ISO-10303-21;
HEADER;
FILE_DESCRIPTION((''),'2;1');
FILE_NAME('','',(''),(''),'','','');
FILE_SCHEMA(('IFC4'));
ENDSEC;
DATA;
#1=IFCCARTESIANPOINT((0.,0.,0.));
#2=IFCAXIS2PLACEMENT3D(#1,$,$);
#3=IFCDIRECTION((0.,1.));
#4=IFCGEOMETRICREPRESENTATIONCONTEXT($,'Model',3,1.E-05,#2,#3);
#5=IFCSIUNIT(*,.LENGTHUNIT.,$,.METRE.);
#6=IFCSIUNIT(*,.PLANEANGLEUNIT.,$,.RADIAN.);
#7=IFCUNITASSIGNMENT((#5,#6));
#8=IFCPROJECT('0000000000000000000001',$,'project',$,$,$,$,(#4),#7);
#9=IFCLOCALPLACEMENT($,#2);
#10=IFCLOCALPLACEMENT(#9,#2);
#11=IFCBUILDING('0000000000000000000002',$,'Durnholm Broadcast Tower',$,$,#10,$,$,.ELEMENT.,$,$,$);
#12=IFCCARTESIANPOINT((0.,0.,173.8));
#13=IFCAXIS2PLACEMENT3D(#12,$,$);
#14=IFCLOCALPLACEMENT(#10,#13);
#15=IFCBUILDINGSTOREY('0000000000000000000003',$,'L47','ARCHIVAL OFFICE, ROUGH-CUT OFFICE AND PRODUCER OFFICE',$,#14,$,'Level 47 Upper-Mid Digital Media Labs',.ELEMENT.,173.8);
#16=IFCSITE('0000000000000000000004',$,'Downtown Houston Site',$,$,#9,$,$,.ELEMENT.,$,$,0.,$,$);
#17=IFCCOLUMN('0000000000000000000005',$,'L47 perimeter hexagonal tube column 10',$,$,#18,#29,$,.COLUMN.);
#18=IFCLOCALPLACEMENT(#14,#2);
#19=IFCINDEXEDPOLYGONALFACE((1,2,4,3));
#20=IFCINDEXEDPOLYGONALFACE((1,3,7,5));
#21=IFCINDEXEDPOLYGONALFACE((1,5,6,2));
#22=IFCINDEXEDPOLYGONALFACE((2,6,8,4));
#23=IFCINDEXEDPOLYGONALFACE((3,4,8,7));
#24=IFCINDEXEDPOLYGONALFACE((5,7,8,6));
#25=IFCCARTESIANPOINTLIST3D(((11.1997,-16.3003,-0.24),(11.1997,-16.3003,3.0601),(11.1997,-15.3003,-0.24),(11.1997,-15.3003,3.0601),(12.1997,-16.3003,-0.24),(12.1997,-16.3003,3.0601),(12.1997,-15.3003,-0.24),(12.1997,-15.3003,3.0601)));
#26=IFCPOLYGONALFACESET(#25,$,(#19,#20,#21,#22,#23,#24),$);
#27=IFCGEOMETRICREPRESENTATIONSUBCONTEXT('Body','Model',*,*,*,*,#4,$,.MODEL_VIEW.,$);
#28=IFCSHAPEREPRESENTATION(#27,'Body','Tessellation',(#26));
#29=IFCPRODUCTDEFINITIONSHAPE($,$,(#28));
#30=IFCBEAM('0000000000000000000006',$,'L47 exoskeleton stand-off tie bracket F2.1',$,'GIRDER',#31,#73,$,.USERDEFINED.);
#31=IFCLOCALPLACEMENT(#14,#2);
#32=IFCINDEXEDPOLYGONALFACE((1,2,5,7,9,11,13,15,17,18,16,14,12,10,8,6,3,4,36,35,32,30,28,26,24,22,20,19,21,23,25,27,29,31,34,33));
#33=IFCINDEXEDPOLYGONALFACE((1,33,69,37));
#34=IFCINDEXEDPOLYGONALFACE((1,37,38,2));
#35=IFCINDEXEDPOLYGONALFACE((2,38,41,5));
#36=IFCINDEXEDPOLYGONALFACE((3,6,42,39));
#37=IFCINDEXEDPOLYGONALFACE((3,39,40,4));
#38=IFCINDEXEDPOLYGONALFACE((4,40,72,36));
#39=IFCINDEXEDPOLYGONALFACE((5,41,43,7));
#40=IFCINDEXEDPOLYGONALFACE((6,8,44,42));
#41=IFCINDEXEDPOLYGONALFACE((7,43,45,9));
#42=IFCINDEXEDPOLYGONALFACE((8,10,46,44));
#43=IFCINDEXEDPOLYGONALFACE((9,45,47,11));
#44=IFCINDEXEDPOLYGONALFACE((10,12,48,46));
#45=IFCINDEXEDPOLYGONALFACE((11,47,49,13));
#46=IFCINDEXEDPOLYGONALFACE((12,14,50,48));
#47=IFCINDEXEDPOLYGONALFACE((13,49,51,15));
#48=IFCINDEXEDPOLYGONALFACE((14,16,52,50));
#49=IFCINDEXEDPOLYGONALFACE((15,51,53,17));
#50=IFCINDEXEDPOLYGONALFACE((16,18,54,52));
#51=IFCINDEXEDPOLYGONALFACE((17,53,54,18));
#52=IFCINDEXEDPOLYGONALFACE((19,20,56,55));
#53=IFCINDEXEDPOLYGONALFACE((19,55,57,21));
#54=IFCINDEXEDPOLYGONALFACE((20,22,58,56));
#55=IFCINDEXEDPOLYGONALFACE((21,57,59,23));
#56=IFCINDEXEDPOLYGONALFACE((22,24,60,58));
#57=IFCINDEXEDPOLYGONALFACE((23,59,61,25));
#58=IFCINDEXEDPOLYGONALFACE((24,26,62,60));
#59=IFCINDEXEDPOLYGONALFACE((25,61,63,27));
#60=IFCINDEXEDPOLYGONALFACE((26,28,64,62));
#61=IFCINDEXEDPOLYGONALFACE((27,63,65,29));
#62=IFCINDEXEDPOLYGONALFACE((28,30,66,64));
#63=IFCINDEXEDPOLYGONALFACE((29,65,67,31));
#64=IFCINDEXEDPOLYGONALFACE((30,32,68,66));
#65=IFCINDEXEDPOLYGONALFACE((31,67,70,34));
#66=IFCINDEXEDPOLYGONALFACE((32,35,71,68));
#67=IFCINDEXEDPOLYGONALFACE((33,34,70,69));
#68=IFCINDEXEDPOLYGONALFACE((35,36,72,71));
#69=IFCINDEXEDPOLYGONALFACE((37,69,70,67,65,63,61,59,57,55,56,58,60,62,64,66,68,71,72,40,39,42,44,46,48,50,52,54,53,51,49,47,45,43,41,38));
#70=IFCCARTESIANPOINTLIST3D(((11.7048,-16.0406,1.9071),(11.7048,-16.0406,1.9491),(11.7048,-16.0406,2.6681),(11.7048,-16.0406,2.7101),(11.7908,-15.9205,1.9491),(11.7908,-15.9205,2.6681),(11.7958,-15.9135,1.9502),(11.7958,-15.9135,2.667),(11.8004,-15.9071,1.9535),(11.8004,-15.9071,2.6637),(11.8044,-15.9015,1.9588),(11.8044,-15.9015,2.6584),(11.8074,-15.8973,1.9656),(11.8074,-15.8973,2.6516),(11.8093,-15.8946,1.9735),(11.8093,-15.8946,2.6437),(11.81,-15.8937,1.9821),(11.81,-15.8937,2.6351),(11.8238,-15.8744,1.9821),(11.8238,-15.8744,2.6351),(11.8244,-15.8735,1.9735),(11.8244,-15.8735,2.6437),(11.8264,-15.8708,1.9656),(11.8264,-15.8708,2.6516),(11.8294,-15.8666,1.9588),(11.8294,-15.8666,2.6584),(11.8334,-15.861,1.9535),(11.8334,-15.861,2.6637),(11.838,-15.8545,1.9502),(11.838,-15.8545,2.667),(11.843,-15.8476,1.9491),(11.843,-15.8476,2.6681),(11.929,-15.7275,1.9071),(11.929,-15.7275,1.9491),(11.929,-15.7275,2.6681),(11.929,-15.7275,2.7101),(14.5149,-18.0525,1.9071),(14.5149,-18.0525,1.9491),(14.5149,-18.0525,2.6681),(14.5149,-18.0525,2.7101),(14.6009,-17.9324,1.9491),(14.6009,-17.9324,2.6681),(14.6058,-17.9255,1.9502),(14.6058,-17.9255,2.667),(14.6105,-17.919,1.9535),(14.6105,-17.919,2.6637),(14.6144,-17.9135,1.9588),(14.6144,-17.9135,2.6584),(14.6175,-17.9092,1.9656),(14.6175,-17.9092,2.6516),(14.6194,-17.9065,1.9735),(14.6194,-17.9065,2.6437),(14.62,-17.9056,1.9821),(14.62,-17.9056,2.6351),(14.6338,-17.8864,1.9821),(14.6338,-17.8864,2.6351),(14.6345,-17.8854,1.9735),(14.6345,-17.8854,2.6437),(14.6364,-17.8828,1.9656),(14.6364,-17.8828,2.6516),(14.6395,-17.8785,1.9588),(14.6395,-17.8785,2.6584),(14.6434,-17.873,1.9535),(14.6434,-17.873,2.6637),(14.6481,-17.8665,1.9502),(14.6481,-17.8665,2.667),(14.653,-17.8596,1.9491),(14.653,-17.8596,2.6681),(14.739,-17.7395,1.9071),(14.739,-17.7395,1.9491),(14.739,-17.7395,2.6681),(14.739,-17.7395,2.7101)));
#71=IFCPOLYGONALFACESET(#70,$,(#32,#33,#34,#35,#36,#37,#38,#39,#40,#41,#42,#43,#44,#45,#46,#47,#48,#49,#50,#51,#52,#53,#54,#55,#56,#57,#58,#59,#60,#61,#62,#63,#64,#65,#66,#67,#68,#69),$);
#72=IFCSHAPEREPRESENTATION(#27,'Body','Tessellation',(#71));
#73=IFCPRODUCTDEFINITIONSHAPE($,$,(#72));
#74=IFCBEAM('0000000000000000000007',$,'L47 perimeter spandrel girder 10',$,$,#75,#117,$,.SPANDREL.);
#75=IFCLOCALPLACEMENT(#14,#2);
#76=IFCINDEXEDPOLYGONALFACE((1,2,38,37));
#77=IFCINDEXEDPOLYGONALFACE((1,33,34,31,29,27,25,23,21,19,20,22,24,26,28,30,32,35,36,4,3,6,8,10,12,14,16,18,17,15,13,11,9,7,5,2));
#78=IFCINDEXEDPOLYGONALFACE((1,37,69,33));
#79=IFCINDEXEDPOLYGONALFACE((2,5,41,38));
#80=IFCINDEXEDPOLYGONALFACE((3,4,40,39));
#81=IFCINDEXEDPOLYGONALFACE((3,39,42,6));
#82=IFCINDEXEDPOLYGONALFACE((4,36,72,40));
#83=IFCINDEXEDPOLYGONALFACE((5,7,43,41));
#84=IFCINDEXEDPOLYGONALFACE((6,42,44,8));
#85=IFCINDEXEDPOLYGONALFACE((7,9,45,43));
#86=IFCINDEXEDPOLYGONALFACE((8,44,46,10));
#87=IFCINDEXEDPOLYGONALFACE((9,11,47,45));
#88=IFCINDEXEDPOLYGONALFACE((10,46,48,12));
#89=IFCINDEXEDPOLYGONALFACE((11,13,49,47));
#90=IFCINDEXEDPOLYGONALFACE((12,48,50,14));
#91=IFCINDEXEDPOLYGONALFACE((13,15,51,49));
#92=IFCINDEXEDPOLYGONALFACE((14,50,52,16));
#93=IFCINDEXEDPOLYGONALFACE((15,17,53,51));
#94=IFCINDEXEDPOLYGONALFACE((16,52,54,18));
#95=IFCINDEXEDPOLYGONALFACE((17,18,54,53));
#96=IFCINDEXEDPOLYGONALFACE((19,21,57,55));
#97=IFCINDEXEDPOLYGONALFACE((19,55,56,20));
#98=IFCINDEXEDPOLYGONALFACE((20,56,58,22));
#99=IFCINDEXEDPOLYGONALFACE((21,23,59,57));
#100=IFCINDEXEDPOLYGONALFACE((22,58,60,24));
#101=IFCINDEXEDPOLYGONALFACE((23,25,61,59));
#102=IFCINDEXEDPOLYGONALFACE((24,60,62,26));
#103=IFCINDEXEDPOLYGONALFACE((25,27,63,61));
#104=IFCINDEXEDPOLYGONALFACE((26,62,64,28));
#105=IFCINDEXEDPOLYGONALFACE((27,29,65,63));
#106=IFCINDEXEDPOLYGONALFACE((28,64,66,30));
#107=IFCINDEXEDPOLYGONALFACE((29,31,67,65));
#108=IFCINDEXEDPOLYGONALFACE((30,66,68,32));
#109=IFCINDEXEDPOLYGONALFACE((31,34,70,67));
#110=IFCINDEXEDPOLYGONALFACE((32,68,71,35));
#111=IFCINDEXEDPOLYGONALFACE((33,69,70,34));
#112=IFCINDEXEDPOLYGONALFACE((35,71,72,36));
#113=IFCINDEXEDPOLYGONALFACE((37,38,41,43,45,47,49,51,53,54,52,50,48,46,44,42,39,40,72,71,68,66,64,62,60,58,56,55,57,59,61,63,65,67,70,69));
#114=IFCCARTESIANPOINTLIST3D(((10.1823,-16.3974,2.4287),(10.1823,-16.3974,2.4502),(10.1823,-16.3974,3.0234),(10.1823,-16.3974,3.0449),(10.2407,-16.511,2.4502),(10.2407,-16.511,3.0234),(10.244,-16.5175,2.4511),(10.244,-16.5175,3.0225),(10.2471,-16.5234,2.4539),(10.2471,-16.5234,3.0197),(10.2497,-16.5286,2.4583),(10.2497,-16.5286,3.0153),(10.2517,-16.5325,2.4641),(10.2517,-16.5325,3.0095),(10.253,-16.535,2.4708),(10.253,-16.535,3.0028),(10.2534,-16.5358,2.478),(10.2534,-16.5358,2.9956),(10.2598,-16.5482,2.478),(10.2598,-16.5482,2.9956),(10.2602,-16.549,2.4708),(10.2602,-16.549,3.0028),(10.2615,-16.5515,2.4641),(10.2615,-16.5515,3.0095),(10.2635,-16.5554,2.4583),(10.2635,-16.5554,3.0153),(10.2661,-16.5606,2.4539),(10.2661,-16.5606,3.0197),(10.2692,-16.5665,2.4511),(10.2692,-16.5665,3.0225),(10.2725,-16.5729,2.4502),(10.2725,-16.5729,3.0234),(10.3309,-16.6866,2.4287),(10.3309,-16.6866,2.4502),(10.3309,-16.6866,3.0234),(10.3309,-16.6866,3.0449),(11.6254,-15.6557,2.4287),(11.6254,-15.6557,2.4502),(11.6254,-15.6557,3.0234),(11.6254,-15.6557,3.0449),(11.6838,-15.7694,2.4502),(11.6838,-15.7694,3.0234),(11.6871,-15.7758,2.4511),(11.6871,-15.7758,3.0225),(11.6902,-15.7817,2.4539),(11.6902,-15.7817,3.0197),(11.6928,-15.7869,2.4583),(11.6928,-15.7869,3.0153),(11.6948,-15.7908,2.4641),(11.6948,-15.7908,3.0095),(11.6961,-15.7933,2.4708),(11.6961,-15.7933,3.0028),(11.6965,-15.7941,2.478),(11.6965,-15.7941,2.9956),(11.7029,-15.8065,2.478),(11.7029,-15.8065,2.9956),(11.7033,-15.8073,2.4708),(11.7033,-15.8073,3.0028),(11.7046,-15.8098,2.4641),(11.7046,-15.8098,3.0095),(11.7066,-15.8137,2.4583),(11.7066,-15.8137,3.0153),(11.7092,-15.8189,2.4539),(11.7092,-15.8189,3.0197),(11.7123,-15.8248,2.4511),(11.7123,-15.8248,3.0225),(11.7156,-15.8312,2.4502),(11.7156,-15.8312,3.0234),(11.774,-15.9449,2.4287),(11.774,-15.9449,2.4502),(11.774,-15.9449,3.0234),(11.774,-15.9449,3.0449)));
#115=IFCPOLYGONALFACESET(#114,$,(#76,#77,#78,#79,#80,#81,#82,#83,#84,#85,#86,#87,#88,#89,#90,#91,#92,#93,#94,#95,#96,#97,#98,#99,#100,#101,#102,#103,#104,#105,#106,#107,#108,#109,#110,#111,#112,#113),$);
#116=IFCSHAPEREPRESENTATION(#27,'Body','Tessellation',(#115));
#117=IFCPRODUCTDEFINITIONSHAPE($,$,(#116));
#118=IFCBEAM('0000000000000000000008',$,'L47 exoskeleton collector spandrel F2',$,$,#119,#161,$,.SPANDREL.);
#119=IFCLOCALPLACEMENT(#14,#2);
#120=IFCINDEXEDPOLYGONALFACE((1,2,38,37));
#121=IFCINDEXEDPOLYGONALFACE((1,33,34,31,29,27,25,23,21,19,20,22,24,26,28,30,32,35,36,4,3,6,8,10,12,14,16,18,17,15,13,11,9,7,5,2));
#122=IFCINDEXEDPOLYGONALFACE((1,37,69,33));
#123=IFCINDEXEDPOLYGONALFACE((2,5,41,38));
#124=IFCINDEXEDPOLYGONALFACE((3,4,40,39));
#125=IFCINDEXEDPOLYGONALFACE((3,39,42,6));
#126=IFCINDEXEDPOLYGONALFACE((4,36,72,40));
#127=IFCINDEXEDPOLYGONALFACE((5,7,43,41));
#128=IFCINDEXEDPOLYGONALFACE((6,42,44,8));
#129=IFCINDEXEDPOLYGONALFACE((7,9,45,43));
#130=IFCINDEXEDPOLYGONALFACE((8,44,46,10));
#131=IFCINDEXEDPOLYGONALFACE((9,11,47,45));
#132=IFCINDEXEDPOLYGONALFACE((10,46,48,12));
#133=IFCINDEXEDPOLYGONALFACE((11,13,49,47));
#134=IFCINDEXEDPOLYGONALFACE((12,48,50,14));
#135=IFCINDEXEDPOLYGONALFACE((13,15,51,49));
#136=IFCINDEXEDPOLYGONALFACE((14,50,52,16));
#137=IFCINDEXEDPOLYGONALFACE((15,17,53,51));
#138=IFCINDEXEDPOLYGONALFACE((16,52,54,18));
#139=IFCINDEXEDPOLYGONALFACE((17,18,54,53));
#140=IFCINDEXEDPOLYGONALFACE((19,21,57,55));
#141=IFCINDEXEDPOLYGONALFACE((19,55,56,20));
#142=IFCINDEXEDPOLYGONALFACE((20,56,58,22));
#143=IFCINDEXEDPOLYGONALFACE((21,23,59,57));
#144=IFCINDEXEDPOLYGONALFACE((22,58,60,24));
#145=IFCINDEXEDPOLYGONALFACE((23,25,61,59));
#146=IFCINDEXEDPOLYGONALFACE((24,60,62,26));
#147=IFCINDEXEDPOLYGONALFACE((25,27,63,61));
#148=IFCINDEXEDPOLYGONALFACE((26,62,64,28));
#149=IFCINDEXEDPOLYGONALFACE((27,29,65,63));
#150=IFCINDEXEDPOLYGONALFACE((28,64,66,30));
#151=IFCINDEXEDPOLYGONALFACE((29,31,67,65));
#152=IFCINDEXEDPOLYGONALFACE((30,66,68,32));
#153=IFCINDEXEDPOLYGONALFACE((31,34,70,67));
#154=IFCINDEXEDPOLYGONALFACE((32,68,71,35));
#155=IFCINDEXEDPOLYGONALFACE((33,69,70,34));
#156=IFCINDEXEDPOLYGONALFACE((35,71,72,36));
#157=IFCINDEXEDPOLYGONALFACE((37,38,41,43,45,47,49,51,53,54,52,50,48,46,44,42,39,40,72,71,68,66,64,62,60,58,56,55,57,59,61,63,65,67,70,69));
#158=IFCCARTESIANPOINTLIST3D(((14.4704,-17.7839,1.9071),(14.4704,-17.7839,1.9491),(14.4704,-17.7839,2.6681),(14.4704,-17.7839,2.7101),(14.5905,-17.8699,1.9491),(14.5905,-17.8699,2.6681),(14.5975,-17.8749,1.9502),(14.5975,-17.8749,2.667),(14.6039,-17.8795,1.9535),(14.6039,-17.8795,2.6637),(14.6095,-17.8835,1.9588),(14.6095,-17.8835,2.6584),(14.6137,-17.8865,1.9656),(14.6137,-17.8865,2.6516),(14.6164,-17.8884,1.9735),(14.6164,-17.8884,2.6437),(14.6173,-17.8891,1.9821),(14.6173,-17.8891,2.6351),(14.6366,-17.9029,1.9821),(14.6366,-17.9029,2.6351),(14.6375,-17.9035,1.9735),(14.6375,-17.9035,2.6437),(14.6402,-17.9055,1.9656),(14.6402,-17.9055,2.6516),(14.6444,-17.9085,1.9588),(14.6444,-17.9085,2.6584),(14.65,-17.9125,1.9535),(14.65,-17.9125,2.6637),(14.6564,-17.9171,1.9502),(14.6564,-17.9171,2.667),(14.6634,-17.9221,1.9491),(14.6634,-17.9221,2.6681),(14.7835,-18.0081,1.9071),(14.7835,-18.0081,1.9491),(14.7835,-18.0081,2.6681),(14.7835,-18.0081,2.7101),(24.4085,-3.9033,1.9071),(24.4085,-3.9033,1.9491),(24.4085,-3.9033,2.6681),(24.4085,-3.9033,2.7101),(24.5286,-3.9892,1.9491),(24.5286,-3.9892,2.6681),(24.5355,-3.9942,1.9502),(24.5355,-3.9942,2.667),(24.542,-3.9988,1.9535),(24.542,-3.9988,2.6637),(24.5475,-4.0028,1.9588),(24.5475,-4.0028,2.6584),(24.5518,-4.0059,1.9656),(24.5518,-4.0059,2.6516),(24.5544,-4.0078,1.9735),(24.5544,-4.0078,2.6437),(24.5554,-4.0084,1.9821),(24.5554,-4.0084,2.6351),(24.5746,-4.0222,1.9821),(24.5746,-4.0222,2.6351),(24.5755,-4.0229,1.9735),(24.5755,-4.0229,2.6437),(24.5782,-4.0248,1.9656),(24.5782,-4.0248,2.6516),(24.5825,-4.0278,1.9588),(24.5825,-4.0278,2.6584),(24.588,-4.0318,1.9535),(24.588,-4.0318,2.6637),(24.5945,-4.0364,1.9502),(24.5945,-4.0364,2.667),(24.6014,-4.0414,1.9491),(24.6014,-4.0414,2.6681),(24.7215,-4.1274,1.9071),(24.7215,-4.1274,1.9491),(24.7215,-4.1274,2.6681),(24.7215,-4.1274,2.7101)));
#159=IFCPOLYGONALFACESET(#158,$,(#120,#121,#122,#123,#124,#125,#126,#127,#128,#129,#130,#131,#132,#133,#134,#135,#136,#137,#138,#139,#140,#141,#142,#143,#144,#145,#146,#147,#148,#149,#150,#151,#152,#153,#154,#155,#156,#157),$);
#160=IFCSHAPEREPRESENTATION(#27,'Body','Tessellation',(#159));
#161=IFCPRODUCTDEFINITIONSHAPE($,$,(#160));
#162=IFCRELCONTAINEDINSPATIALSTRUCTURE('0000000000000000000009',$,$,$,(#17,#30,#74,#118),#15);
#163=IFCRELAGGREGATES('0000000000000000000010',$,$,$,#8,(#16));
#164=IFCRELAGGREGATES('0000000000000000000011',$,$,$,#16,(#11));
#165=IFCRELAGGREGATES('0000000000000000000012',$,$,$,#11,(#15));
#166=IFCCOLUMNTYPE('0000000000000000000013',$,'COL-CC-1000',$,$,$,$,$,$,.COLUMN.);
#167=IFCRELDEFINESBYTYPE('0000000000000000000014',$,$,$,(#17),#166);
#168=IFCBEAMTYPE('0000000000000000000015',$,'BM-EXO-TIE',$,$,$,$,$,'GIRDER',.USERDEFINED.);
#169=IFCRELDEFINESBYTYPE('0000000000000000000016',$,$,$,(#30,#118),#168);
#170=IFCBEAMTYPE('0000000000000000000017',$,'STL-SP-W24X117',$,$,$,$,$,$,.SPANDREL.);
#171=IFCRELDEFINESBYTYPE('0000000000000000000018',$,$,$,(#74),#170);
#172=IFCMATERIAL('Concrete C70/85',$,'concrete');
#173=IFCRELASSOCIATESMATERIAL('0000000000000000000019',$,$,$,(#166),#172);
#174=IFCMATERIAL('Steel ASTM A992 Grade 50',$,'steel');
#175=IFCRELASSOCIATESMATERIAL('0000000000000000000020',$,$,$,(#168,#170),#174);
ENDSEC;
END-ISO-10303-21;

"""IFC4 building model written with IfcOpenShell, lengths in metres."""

from ifc_helpers import new_model, si_unit, direction, frame, origin, origin_2d, place, context, subcontext, project, spatial, rectangle, i_section, extrude, source, transform, mapped, material, material_profile, profile_set, type_object, type_shapes, element, save


model = new_model("IFC4")

# Units and contexts
model_context = context("Model", 3, precision=1e-05, world=origin(), true_north=direction((0.0, 1.0)))
body_context = subcontext(model_context, "Body", "Model", "MODEL_VIEW")
ifc_project = project(units=[si_unit("LENGTHUNIT", "METRE"), si_unit("PLANEANGLEUNIT", "RADIAN")], contexts=[model_context])

# Site, building, storey
site_placement = place(None, origin())
site = spatial("IfcSite", under=ifc_project, at=site_placement, Name="Downtown Houston Site", CompositionType="ELEMENT", RefElevation=0.0)
building_placement = place(site_placement, origin())
building = spatial("IfcBuilding", under=site, at=building_placement, Name="Durnholm Broadcast Tower", CompositionType="ELEMENT")
storey_placement = place(building_placement, frame((0.0, 0.0, 173.8)))
storey = spatial("IfcBuildingStorey", under=building, at=storey_placement, Name="L47", Description="ARCHIVAL OFFICE, ROUGH-CUT OFFICE AND PRODUCER OFFICE", LongName="Level 47 Upper-Mid Digital Media Labs", CompositionType="ELEMENT", Elevation=173.8)

# Column
ifc_material_1 = material(Name="Concrete C70/85", Category="concrete")
ifc_material_profile_1 = material_profile(ifc_material_1, rectangle(XDim=1.0, YDim=1.0, at=origin_2d()), Name="RC1000X1000")
ifc_profile_set_1 = profile_set([ifc_material_profile_1], Name="Concrete C70/85")
column_type = type_object("IfcColumnType", Name="COL-CC-1000", PredefinedType="COLUMN", material=ifc_profile_set_1)
shared_shape_1 = source(origin(), body_context, "Body", "SweptSolid", [
    extrude(rectangle(XDim=1.0, YDim=1.0, at=origin_2d()), origin(), (0.0, 0.0, 1.0), 3.3),
])
type_shapes(column_type, [shared_shape_1])
column_placement = place(storey_placement, frame((11.6997, -15.8003, -0.24), z_axis=(0.0, 0.0, 1.0), x_axis=(1.0, 0.0, 0.0)))
element("IfcColumn", 1, at=column_placement, inside=storey, type_object=column_type, Name="L47 perimeter hexagonal tube column 10", PredefinedType="COLUMN", context=body_context, shape_type="MappedRepresentation", body=[
    mapped(shared_shape_1, transform((0.0, 0.0, 0.0), x_axis=(1.0, 0.0, 0.0), y_axis=(0.0, 1.0, 0.0), z_axis=(0.0, 0.0, 1.0), scale=1.0)),
])

# Beams
ifc_material_2 = material(Name="Steel ASTM A992 Grade 50", Category="steel")
ifc_material_profile_2 = material_profile(ifc_material_2, i_section(OverallWidth=0.385, OverallDepth=0.803, WebThickness=0.0237, FlangeThickness=0.042, FilletRadius=0.033, at=origin_2d()), Name="W30X261")
ifc_profile_set_2 = profile_set([ifc_material_profile_2], Name="Steel ASTM A992 Grade 50")
beam_type_1 = type_object("IfcBeamType", Name="BM-EXO-TIE", ElementType="GIRDER", PredefinedType="USERDEFINED", material=ifc_profile_set_2)
shared_shape_2 = source(origin(), body_context, "Body", "SweptSolid", [
    extrude(i_section(OverallWidth=0.385, OverallDepth=0.803, WebThickness=0.0237, FlangeThickness=0.042, FilletRadius=0.033, at=origin_2d()), origin(), (0.0, 0.0, 1.0), 3.4561),
])
beam_1_placement = place(storey_placement, frame((11.8169, -15.884, 2.3086), z_axis=(0.813079, -0.582153, 0.0), x_axis=(0.582153, 0.813079, 0.0)))
element("IfcBeam", 2, at=beam_1_placement, inside=storey, type_object=beam_type_1, Name="L47 exoskeleton stand-off tie bracket F2.1", ObjectType="GIRDER", PredefinedType="USERDEFINED", context=body_context, shape_type="MappedRepresentation", body=[
    mapped(shared_shape_2, transform((0.0, 0.0, 0.0), x_axis=(1.0, 0.0, 0.0), y_axis=(0.0, 1.0, 0.0), z_axis=(0.0, 0.0, 1.0), scale=1.0)),
])
ifc_material_profile_3 = material_profile(ifc_material_2, i_section(OverallWidth=0.3252, OverallDepth=0.6162, WebThickness=0.0139, FlangeThickness=0.0215, FilletRadius=0.0278, at=origin_2d()), Name="W24X117")
ifc_profile_set_3 = profile_set([ifc_material_profile_3], Name="Steel ASTM A992 Grade 50")
beam_type_2 = type_object("IfcBeamType", Name="STL-SP-W24X117", PredefinedType="SPANDREL", material=ifc_profile_set_3)
shared_shape_3 = source(origin(), body_context, "Body", "SweptSolid", [
    extrude(i_section(OverallWidth=0.3252, OverallDepth=0.6162, WebThickness=0.0139, FlangeThickness=0.0215, FilletRadius=0.0278, at=origin_2d()), origin(), (0.0, 0.0, 1.0), 1.6226),
])
type_shapes(beam_type_2, [shared_shape_3])
beam_2_placement = place(storey_placement, frame((11.6997, -15.8003, 2.7368), z_axis=(-0.889407, -0.457117, 0.0), x_axis=(0.457117, -0.889407, 0.0)))
element("IfcBeam", 3, at=beam_2_placement, inside=storey, type_object=beam_type_2, Name="L47 perimeter spandrel girder 10", PredefinedType="SPANDREL", context=body_context, shape_type="MappedRepresentation", body=[
    mapped(shared_shape_3, transform((0.0, 0.0, 0.0), x_axis=(1.0, 0.0, 0.0), y_axis=(0.0, 1.0, 0.0), z_axis=(0.0, 0.0, 1.0), scale=1.0)),
])
shared_shape_4 = source(origin(), body_context, "Body", "SweptSolid", [
    extrude(i_section(OverallWidth=0.385, OverallDepth=0.803, WebThickness=0.0237, FlangeThickness=0.042, FilletRadius=0.033, at=origin_2d()), origin(), (0.0, 0.0, 1.0), 17.0715),
])
type_shapes(beam_type_1, [shared_shape_2, shared_shape_4])
beam_3_placement = place(storey_placement, frame((14.627, -17.896, 2.3086), z_axis=(0.58214, 0.813088, 0.0), x_axis=(-0.813088, 0.58214, 0.0)))
element("IfcBeam", 4, at=beam_3_placement, inside=storey, type_object=beam_type_1, Name="L47 exoskeleton collector spandrel F2", PredefinedType="SPANDREL", context=body_context, shape_type="MappedRepresentation", body=[
    mapped(shared_shape_4, transform((0.0, 0.0, 0.0), x_axis=(1.0, 0.0, 0.0), y_axis=(0.0, 1.0, 0.0), z_axis=(0.0, 0.0, 1.0), scale=1.0)),
])

save(model, "model.ifc")
